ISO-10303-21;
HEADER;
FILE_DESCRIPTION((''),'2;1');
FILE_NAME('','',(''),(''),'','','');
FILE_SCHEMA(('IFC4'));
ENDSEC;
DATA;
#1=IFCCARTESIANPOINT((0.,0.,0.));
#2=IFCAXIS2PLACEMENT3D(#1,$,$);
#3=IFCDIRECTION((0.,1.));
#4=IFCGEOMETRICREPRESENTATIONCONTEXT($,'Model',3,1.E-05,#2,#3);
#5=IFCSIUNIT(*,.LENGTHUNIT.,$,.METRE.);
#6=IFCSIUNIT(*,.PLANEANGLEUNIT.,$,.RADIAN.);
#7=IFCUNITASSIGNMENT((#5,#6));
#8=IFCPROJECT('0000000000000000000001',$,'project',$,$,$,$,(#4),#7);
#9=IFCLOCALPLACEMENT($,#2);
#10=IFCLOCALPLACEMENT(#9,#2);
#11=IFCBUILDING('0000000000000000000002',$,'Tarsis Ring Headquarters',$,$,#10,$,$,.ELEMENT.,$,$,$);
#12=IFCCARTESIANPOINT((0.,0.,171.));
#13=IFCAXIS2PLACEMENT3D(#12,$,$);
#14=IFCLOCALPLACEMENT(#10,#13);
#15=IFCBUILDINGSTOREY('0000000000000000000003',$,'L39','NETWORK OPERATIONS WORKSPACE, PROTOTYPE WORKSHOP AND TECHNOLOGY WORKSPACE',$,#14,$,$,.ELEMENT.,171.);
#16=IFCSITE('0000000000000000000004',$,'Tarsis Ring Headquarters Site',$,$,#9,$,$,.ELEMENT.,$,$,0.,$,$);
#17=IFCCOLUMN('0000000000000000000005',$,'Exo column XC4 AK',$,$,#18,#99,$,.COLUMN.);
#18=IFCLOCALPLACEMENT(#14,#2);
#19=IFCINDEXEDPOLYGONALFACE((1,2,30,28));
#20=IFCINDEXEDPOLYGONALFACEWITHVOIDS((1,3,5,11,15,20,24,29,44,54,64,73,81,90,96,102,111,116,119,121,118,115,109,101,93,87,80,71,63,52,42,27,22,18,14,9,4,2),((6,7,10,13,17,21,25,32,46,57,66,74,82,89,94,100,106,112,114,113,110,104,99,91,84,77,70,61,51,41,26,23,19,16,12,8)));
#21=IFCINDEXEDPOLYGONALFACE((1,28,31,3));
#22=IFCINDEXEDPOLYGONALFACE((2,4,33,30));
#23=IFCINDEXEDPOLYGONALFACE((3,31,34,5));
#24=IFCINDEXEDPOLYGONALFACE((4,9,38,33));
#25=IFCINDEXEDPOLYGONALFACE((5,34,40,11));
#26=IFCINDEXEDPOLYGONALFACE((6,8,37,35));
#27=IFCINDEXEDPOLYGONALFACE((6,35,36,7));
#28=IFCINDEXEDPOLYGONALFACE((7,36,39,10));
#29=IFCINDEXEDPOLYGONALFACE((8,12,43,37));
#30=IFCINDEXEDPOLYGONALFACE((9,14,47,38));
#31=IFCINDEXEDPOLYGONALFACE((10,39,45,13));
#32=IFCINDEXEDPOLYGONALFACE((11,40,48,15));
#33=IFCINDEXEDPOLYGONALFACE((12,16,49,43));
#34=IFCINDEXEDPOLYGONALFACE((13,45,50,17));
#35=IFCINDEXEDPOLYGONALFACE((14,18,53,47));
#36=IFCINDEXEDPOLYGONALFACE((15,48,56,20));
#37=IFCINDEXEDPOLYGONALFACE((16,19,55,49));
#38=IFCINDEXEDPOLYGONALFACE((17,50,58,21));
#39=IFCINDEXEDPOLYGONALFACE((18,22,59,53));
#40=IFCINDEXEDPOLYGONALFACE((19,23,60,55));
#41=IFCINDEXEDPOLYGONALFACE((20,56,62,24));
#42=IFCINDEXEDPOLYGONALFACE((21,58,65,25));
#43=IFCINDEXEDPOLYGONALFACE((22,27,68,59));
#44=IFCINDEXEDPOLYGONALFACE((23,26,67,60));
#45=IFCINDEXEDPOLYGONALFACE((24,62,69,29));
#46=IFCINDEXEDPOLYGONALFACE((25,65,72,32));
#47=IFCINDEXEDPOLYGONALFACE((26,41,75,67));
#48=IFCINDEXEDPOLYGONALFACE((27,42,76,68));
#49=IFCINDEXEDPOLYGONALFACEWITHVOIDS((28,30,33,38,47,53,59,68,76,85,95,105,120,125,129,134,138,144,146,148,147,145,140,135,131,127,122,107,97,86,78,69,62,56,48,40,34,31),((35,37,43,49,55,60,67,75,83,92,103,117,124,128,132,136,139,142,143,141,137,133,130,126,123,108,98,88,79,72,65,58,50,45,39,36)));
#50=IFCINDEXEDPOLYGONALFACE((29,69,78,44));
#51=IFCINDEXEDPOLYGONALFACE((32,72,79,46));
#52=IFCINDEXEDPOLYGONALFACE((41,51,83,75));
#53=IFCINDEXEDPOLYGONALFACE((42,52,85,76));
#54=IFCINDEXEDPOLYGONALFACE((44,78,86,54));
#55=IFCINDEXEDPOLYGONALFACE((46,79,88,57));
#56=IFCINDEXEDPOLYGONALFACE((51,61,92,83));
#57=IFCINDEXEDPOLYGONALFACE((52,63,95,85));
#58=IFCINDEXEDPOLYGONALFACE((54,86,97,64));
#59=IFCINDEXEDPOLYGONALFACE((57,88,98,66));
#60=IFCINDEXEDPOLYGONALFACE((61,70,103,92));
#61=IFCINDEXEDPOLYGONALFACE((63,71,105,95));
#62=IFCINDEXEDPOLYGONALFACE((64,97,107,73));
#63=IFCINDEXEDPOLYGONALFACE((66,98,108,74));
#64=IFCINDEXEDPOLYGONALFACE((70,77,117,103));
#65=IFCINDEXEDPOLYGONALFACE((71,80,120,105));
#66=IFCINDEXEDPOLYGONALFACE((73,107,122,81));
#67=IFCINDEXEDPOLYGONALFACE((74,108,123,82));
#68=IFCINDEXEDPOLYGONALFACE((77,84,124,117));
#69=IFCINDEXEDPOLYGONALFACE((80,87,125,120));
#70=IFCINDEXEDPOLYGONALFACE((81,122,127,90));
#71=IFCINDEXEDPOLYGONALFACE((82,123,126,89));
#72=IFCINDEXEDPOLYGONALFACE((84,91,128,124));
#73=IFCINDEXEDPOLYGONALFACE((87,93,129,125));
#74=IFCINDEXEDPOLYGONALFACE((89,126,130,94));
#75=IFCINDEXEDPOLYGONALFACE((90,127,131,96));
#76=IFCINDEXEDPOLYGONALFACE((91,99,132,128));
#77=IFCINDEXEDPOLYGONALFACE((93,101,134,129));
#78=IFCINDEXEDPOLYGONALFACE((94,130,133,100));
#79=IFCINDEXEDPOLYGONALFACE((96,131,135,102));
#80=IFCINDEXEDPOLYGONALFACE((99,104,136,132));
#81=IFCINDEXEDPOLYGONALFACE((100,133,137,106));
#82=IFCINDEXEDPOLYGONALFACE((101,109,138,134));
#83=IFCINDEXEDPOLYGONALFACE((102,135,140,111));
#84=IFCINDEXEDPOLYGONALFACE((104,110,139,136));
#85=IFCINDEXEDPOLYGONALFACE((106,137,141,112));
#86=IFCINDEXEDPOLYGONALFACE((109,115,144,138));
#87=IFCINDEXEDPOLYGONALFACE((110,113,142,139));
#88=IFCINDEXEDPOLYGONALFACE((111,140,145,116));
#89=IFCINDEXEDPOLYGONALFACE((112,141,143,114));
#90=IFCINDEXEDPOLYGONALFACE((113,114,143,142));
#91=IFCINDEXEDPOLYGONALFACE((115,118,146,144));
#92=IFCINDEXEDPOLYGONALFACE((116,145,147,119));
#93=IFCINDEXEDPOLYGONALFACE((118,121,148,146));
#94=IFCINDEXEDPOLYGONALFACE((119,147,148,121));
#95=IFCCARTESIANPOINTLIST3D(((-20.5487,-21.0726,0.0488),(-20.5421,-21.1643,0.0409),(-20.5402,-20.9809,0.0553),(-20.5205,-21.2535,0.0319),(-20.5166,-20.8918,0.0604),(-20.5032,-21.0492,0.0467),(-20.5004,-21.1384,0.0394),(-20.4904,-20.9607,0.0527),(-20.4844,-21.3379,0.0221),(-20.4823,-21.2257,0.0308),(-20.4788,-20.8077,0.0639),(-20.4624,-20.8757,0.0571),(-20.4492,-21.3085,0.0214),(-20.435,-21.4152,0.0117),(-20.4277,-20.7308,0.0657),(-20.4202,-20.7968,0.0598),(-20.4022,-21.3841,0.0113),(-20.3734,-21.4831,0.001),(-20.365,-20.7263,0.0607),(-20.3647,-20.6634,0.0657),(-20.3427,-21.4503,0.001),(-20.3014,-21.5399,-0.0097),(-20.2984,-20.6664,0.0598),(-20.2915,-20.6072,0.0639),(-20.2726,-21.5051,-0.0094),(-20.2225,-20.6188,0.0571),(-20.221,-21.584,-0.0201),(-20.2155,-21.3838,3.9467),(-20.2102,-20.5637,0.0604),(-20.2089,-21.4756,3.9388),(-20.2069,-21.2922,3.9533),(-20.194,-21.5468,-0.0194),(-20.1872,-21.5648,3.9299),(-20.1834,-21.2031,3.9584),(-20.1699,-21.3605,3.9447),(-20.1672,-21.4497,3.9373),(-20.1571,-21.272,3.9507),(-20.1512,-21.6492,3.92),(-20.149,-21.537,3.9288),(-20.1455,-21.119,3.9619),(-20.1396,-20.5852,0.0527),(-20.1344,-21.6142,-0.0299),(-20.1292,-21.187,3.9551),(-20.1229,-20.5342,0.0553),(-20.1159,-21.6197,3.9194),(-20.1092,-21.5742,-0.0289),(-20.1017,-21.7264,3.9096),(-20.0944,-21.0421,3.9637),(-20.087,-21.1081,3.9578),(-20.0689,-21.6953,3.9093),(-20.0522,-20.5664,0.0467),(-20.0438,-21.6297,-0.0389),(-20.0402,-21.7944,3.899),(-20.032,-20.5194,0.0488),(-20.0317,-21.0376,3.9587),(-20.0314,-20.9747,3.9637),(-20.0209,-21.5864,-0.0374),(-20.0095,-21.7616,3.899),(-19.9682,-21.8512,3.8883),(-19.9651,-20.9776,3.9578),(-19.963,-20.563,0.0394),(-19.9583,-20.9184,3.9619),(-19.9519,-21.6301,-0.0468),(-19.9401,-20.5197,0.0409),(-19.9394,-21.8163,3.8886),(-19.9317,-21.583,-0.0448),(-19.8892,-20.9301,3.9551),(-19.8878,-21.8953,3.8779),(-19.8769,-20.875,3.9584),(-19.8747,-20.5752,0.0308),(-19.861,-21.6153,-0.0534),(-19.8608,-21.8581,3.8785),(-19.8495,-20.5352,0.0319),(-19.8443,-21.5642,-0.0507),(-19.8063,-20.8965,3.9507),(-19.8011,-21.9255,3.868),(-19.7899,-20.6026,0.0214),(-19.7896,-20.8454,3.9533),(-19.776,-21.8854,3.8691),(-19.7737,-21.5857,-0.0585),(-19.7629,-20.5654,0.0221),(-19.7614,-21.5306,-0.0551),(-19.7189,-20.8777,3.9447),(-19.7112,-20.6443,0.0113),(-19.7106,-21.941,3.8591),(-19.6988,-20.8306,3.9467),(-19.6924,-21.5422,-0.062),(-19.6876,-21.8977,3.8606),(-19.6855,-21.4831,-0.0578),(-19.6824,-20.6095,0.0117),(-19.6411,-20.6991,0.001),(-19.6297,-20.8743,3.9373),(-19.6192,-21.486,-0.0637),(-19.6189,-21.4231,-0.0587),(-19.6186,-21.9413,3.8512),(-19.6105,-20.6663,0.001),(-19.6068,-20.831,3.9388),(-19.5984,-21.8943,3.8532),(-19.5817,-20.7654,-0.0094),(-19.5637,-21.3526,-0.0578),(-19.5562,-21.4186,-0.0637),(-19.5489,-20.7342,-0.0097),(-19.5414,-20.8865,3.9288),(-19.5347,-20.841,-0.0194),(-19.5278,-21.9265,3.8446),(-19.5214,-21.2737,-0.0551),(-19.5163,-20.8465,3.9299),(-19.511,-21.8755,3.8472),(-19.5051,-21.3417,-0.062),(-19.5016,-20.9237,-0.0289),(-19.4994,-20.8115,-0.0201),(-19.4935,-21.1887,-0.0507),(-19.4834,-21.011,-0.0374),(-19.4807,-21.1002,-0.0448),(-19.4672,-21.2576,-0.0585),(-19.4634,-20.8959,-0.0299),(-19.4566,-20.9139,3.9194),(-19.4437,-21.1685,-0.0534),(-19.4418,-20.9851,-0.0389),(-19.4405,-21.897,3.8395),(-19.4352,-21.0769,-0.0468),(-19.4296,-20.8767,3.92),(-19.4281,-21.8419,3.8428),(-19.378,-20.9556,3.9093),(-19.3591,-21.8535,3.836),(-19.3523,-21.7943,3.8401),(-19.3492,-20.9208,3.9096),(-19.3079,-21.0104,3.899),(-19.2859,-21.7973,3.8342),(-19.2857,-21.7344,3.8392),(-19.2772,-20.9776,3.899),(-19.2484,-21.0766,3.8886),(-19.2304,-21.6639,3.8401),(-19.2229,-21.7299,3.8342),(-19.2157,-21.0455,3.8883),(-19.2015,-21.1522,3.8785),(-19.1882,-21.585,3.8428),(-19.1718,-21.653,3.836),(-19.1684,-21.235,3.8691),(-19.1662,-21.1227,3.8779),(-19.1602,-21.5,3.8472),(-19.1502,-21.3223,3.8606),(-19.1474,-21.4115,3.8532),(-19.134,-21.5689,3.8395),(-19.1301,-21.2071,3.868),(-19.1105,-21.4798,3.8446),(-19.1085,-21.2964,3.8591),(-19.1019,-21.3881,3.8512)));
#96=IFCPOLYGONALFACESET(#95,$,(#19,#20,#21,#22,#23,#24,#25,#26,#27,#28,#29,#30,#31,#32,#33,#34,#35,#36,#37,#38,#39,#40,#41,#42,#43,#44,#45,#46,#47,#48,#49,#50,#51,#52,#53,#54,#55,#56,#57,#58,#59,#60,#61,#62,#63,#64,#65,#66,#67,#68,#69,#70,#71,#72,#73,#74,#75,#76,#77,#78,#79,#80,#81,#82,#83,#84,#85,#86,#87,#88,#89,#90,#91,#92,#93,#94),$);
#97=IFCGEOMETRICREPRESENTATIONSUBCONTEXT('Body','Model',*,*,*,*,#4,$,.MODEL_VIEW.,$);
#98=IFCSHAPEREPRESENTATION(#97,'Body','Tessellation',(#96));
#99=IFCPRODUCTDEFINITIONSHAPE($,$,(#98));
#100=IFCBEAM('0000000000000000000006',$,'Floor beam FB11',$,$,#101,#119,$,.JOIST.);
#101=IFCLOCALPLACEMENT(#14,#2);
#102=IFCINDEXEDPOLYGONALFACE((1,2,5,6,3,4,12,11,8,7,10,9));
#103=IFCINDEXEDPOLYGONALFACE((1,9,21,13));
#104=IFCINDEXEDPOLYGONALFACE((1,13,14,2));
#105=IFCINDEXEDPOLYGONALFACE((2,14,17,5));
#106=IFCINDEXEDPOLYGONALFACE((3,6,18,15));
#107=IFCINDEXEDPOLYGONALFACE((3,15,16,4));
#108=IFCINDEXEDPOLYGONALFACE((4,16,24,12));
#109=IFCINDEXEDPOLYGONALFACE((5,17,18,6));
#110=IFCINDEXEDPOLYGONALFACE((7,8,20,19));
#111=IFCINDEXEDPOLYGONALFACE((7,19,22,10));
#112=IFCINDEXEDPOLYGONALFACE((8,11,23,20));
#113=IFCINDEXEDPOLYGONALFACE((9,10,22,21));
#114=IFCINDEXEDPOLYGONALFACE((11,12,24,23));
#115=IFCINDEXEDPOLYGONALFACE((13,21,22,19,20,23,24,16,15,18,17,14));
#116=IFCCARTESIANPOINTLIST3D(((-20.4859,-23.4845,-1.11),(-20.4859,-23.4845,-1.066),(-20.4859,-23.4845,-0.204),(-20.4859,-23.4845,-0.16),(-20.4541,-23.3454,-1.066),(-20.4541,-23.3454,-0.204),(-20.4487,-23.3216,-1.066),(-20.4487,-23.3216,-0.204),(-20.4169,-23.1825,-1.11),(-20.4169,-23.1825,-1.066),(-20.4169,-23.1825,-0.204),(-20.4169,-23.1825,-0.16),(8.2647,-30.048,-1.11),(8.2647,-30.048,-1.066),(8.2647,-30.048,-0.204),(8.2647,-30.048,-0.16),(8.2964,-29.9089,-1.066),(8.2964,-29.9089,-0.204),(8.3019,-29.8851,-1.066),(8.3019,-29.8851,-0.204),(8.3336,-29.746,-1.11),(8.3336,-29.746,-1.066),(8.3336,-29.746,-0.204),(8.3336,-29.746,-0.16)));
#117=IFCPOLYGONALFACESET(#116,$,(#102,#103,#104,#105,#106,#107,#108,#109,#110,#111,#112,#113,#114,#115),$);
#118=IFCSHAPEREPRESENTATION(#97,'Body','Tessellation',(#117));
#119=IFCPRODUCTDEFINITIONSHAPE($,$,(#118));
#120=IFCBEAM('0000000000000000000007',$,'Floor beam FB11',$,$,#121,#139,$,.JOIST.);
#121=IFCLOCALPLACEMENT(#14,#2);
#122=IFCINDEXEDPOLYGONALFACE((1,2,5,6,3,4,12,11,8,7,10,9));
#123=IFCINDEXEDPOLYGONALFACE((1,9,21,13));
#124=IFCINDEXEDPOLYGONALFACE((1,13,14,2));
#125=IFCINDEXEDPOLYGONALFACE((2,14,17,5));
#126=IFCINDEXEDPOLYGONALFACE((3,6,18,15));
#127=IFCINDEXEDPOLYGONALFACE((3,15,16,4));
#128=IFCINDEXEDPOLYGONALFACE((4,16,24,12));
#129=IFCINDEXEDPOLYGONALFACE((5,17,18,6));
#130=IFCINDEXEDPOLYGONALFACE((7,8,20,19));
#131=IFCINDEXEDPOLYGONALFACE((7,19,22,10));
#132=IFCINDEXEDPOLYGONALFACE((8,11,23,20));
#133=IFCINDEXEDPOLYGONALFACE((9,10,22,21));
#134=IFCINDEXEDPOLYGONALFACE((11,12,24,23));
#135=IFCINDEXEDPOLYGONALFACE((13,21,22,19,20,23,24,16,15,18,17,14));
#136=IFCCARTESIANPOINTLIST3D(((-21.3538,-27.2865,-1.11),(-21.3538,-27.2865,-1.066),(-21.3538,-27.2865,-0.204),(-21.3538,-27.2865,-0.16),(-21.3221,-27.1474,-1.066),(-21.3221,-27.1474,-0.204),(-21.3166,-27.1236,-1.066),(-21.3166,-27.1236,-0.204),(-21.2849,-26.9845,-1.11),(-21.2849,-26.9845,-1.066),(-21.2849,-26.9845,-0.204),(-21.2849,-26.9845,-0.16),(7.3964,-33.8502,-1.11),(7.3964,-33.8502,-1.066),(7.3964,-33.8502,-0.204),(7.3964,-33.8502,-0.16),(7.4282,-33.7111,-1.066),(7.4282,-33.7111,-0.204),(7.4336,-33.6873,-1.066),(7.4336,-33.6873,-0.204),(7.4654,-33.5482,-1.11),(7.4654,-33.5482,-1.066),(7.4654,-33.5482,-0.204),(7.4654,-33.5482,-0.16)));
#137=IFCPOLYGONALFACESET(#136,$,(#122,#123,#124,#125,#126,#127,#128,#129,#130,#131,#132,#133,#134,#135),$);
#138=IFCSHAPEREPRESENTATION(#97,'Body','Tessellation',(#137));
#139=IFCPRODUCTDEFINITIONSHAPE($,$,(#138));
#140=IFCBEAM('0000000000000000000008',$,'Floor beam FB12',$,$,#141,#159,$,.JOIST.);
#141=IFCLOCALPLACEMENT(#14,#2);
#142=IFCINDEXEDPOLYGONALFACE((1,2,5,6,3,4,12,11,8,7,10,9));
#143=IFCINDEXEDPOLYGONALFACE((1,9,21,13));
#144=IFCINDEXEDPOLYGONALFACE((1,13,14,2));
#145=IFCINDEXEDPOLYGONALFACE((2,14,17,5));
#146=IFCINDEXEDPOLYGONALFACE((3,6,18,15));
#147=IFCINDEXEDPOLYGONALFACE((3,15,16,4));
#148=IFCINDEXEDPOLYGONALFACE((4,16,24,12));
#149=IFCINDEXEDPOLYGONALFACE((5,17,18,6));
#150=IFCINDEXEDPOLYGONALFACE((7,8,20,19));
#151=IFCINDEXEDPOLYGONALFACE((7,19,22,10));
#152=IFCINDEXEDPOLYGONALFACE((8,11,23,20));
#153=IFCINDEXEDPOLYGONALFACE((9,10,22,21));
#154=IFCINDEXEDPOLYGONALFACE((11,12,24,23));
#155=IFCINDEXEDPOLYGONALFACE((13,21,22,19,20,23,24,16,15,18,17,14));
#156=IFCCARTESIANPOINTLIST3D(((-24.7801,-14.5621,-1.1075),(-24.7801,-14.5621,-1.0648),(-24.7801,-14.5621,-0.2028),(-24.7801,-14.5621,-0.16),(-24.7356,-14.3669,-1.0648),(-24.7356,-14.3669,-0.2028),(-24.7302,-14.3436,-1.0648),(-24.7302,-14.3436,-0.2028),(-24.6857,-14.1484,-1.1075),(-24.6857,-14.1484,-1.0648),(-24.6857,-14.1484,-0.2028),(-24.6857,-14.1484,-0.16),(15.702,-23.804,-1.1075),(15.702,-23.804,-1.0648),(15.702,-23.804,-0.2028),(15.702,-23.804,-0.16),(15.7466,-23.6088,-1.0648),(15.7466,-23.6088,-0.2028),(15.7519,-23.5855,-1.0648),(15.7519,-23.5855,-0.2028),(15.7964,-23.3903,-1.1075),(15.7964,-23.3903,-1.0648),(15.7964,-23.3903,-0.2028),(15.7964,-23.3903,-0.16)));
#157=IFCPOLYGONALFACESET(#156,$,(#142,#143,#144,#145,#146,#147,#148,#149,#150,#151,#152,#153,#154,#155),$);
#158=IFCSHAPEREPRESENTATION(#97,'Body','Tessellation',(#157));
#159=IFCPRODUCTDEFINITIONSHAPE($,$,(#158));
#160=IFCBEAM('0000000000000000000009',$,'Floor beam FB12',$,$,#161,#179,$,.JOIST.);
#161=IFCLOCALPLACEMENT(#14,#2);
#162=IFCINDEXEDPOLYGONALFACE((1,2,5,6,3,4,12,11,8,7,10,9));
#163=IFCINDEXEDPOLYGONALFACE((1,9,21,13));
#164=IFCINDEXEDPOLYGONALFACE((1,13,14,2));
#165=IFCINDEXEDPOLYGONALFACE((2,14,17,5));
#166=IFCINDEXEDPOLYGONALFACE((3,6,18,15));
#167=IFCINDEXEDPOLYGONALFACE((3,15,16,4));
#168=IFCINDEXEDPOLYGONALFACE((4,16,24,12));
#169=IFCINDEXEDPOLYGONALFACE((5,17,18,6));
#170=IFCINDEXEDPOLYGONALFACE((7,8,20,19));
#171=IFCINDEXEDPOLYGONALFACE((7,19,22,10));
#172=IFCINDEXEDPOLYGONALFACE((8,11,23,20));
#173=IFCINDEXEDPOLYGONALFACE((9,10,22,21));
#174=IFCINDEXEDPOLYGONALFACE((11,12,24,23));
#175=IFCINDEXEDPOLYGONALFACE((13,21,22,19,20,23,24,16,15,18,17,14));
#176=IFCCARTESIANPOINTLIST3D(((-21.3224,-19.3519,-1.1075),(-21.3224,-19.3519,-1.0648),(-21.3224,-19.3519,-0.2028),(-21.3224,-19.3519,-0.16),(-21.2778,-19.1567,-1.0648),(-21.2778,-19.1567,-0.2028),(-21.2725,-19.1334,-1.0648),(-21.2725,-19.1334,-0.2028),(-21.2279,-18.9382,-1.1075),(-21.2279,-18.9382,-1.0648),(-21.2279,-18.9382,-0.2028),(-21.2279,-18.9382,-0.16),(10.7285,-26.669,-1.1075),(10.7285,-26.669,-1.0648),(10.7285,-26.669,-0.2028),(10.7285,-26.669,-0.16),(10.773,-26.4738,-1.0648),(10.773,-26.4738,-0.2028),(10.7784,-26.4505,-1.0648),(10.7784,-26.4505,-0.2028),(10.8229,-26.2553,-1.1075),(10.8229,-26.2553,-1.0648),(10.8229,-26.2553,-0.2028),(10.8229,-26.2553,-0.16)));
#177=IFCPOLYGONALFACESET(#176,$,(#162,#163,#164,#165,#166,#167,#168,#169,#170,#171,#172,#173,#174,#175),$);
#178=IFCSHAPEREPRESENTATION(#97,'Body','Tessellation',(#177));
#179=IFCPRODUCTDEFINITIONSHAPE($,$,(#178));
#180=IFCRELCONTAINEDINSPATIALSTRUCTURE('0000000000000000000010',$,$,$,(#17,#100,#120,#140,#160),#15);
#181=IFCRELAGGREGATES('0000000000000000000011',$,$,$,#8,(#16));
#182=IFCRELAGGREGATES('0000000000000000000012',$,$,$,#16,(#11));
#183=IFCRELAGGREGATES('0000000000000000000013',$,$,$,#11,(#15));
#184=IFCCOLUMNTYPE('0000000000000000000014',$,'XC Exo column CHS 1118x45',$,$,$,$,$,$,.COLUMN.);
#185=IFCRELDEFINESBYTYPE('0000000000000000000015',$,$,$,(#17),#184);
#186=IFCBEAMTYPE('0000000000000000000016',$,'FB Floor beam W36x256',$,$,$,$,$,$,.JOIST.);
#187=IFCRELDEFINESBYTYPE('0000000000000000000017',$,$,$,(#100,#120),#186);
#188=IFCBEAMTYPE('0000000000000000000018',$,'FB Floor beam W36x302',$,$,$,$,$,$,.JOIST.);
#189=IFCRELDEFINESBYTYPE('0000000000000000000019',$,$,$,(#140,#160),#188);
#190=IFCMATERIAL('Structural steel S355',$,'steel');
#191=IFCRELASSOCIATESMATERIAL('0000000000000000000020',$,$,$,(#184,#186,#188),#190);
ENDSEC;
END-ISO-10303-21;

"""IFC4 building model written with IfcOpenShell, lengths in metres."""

from ifc_helpers import new_model, si_unit, direction, frame, origin, origin_2d, place, context, subcontext, project, spatial, hollow_circle, i_section, extrude, material, material_profile, profile_set, type_object, element, save


model = new_model("IFC4")

# Units and contexts
model_context = context("Model", 3, precision=1e-05, world=origin(), true_north=direction((0.0, 1.0)))
body_context = subcontext(model_context, "Body", "Model", "MODEL_VIEW")
ifc_project = project(units=[si_unit("LENGTHUNIT", "METRE"), si_unit("PLANEANGLEUNIT", "RADIAN")], contexts=[model_context])

# Site, building, storey
site_placement = place(None, origin())
site = spatial("IfcSite", under=ifc_project, at=site_placement, Name="Tarsis Ring Headquarters Site", CompositionType="ELEMENT", RefElevation=0.0)
building_placement = place(site_placement, origin())
building = spatial("IfcBuilding", under=site, at=building_placement, Name="Tarsis Ring Headquarters", CompositionType="ELEMENT")
storey_placement = place(building_placement, frame((0.0, 0.0, 171.0)))
storey = spatial("IfcBuildingStorey", under=building, at=storey_placement, Name="L39", Description="NETWORK OPERATIONS WORKSPACE, PROTOTYPE WORKSHOP AND TECHNOLOGY WORKSPACE", CompositionType="ELEMENT", Elevation=171.0)

# Column
ifc_material_1 = material(Name="Structural steel S355", Category="steel")
ifc_material_profile_1 = material_profile(ifc_material_1, hollow_circle(Radius=0.5588, WallThickness=0.0449, at=origin_2d()), Name="CHS 1118x45")
ifc_profile_set_1 = profile_set([ifc_material_profile_1], Name="Structural steel S355")
column_type = type_object("IfcColumnType", Name="XC Exo column CHS 1118x45", PredefinedType="COLUMN", material=ifc_profile_set_1)
column_placement = place(storey_placement, frame((-19.9919, -21.0747, 0.001), z_axis=(0.084915, -0.079316, 0.993226), x_axis=(0.682604, 0.730788, 0.0)))
element("IfcColumn", 1, at=column_placement, inside=storey, type_object=column_type, Name="Exo column XC4 AK", PredefinedType="COLUMN", context=body_context, shape_type="SweptSolid", body=[
    extrude(hollow_circle(Radius=0.5588, WallThickness=0.0449, at=origin_2d()), origin(), (0.0, 0.0, 1.0), 3.9246),
])

# Beams
ifc_material_profile_2 = material_profile(ifc_material_1, i_section(OverallWidth=0.3098, OverallDepth=0.95, WebThickness=0.0244, FlangeThickness=0.0439, at=origin_2d()), Name="W36x256")
ifc_profile_set_2 = profile_set([ifc_material_profile_2], Name="Structural steel S355")
beam_type_1 = type_object("IfcBeamType", Name="FB Floor beam W36x256", PredefinedType="JOIST", material=ifc_profile_set_2)
beam_1_placement = place(storey_placement, frame((-20.4514, -23.3335, -0.635), z_axis=(0.974918, -0.222565, 0.0), x_axis=(0.222565, 0.974918, 0.0)))
element("IfcBeam", 2, at=beam_1_placement, inside=storey, type_object=beam_type_1, Name="Floor beam FB11", PredefinedType="JOIST", context=body_context, shape_type="SweptSolid", body=[
    extrude(i_section(OverallWidth=0.3098, OverallDepth=0.95, WebThickness=0.0244, FlangeThickness=0.0439, at=origin_2d()), origin(), (0.0, 0.0, 1.0), 29.4902),
])
beam_2_placement = place(storey_placement, frame((-21.3193, -27.1355, -0.635), z_axis=(0.974916, -0.222575, 0.0), x_axis=(0.222575, 0.974916, 0.0)))
element("IfcBeam", 3, at=beam_2_placement, inside=storey, type_object=beam_type_1, Name="Floor beam FB11", PredefinedType="JOIST", context=body_context, shape_type="SweptSolid", body=[
    extrude(i_section(OverallWidth=0.3098, OverallDepth=0.95, WebThickness=0.0244, FlangeThickness=0.0439, at=origin_2d()), origin(), (0.0, 0.0, 1.0), 29.49),
])
ifc_material_profile_3 = material_profile(ifc_material_1, i_section(OverallWidth=0.4243, OverallDepth=0.9475, WebThickness=0.0239, FlangeThickness=0.0427, at=origin_2d()), Name="W36x302")
ifc_profile_set_3 = profile_set([ifc_material_profile_3], Name="Structural steel S355")
beam_type_2 = type_object("IfcBeamType", Name="FB Floor beam W36x302", PredefinedType="JOIST", material=ifc_profile_set_3)
beam_3_placement = place(storey_placement, frame((-24.7329, -14.3552, -0.6338), z_axis=(0.974917, -0.22257, 0.0), x_axis=(0.22257, 0.974917, 0.0)))
element("IfcBeam", 4, at=beam_3_placement, inside=storey, type_object=beam_type_2, Name="Floor beam FB12", PredefinedType="JOIST", context=body_context, shape_type="SweptSolid", body=[
    extrude(i_section(OverallWidth=0.4243, OverallDepth=0.9475, WebThickness=0.0239, FlangeThickness=0.0427, at=origin_2d()), origin(), (0.0, 0.0, 1.0), 41.5237),
])
beam_4_placement = place(storey_placement, frame((-21.2751, -19.145, -0.6338), z_axis=(0.974916, -0.222572, 0.0), x_axis=(0.222572, 0.974916, 0.0)))
element("IfcBeam", 5, at=beam_4_placement, inside=storey, type_object=beam_type_2, Name="Floor beam FB12", PredefinedType="JOIST", context=body_context, shape_type="SweptSolid", body=[
    extrude(i_section(OverallWidth=0.4243, OverallDepth=0.9475, WebThickness=0.0239, FlangeThickness=0.0427, at=origin_2d()), origin(), (0.0, 0.0, 1.0), 32.8755),
])

save(model, "model.ifc")
